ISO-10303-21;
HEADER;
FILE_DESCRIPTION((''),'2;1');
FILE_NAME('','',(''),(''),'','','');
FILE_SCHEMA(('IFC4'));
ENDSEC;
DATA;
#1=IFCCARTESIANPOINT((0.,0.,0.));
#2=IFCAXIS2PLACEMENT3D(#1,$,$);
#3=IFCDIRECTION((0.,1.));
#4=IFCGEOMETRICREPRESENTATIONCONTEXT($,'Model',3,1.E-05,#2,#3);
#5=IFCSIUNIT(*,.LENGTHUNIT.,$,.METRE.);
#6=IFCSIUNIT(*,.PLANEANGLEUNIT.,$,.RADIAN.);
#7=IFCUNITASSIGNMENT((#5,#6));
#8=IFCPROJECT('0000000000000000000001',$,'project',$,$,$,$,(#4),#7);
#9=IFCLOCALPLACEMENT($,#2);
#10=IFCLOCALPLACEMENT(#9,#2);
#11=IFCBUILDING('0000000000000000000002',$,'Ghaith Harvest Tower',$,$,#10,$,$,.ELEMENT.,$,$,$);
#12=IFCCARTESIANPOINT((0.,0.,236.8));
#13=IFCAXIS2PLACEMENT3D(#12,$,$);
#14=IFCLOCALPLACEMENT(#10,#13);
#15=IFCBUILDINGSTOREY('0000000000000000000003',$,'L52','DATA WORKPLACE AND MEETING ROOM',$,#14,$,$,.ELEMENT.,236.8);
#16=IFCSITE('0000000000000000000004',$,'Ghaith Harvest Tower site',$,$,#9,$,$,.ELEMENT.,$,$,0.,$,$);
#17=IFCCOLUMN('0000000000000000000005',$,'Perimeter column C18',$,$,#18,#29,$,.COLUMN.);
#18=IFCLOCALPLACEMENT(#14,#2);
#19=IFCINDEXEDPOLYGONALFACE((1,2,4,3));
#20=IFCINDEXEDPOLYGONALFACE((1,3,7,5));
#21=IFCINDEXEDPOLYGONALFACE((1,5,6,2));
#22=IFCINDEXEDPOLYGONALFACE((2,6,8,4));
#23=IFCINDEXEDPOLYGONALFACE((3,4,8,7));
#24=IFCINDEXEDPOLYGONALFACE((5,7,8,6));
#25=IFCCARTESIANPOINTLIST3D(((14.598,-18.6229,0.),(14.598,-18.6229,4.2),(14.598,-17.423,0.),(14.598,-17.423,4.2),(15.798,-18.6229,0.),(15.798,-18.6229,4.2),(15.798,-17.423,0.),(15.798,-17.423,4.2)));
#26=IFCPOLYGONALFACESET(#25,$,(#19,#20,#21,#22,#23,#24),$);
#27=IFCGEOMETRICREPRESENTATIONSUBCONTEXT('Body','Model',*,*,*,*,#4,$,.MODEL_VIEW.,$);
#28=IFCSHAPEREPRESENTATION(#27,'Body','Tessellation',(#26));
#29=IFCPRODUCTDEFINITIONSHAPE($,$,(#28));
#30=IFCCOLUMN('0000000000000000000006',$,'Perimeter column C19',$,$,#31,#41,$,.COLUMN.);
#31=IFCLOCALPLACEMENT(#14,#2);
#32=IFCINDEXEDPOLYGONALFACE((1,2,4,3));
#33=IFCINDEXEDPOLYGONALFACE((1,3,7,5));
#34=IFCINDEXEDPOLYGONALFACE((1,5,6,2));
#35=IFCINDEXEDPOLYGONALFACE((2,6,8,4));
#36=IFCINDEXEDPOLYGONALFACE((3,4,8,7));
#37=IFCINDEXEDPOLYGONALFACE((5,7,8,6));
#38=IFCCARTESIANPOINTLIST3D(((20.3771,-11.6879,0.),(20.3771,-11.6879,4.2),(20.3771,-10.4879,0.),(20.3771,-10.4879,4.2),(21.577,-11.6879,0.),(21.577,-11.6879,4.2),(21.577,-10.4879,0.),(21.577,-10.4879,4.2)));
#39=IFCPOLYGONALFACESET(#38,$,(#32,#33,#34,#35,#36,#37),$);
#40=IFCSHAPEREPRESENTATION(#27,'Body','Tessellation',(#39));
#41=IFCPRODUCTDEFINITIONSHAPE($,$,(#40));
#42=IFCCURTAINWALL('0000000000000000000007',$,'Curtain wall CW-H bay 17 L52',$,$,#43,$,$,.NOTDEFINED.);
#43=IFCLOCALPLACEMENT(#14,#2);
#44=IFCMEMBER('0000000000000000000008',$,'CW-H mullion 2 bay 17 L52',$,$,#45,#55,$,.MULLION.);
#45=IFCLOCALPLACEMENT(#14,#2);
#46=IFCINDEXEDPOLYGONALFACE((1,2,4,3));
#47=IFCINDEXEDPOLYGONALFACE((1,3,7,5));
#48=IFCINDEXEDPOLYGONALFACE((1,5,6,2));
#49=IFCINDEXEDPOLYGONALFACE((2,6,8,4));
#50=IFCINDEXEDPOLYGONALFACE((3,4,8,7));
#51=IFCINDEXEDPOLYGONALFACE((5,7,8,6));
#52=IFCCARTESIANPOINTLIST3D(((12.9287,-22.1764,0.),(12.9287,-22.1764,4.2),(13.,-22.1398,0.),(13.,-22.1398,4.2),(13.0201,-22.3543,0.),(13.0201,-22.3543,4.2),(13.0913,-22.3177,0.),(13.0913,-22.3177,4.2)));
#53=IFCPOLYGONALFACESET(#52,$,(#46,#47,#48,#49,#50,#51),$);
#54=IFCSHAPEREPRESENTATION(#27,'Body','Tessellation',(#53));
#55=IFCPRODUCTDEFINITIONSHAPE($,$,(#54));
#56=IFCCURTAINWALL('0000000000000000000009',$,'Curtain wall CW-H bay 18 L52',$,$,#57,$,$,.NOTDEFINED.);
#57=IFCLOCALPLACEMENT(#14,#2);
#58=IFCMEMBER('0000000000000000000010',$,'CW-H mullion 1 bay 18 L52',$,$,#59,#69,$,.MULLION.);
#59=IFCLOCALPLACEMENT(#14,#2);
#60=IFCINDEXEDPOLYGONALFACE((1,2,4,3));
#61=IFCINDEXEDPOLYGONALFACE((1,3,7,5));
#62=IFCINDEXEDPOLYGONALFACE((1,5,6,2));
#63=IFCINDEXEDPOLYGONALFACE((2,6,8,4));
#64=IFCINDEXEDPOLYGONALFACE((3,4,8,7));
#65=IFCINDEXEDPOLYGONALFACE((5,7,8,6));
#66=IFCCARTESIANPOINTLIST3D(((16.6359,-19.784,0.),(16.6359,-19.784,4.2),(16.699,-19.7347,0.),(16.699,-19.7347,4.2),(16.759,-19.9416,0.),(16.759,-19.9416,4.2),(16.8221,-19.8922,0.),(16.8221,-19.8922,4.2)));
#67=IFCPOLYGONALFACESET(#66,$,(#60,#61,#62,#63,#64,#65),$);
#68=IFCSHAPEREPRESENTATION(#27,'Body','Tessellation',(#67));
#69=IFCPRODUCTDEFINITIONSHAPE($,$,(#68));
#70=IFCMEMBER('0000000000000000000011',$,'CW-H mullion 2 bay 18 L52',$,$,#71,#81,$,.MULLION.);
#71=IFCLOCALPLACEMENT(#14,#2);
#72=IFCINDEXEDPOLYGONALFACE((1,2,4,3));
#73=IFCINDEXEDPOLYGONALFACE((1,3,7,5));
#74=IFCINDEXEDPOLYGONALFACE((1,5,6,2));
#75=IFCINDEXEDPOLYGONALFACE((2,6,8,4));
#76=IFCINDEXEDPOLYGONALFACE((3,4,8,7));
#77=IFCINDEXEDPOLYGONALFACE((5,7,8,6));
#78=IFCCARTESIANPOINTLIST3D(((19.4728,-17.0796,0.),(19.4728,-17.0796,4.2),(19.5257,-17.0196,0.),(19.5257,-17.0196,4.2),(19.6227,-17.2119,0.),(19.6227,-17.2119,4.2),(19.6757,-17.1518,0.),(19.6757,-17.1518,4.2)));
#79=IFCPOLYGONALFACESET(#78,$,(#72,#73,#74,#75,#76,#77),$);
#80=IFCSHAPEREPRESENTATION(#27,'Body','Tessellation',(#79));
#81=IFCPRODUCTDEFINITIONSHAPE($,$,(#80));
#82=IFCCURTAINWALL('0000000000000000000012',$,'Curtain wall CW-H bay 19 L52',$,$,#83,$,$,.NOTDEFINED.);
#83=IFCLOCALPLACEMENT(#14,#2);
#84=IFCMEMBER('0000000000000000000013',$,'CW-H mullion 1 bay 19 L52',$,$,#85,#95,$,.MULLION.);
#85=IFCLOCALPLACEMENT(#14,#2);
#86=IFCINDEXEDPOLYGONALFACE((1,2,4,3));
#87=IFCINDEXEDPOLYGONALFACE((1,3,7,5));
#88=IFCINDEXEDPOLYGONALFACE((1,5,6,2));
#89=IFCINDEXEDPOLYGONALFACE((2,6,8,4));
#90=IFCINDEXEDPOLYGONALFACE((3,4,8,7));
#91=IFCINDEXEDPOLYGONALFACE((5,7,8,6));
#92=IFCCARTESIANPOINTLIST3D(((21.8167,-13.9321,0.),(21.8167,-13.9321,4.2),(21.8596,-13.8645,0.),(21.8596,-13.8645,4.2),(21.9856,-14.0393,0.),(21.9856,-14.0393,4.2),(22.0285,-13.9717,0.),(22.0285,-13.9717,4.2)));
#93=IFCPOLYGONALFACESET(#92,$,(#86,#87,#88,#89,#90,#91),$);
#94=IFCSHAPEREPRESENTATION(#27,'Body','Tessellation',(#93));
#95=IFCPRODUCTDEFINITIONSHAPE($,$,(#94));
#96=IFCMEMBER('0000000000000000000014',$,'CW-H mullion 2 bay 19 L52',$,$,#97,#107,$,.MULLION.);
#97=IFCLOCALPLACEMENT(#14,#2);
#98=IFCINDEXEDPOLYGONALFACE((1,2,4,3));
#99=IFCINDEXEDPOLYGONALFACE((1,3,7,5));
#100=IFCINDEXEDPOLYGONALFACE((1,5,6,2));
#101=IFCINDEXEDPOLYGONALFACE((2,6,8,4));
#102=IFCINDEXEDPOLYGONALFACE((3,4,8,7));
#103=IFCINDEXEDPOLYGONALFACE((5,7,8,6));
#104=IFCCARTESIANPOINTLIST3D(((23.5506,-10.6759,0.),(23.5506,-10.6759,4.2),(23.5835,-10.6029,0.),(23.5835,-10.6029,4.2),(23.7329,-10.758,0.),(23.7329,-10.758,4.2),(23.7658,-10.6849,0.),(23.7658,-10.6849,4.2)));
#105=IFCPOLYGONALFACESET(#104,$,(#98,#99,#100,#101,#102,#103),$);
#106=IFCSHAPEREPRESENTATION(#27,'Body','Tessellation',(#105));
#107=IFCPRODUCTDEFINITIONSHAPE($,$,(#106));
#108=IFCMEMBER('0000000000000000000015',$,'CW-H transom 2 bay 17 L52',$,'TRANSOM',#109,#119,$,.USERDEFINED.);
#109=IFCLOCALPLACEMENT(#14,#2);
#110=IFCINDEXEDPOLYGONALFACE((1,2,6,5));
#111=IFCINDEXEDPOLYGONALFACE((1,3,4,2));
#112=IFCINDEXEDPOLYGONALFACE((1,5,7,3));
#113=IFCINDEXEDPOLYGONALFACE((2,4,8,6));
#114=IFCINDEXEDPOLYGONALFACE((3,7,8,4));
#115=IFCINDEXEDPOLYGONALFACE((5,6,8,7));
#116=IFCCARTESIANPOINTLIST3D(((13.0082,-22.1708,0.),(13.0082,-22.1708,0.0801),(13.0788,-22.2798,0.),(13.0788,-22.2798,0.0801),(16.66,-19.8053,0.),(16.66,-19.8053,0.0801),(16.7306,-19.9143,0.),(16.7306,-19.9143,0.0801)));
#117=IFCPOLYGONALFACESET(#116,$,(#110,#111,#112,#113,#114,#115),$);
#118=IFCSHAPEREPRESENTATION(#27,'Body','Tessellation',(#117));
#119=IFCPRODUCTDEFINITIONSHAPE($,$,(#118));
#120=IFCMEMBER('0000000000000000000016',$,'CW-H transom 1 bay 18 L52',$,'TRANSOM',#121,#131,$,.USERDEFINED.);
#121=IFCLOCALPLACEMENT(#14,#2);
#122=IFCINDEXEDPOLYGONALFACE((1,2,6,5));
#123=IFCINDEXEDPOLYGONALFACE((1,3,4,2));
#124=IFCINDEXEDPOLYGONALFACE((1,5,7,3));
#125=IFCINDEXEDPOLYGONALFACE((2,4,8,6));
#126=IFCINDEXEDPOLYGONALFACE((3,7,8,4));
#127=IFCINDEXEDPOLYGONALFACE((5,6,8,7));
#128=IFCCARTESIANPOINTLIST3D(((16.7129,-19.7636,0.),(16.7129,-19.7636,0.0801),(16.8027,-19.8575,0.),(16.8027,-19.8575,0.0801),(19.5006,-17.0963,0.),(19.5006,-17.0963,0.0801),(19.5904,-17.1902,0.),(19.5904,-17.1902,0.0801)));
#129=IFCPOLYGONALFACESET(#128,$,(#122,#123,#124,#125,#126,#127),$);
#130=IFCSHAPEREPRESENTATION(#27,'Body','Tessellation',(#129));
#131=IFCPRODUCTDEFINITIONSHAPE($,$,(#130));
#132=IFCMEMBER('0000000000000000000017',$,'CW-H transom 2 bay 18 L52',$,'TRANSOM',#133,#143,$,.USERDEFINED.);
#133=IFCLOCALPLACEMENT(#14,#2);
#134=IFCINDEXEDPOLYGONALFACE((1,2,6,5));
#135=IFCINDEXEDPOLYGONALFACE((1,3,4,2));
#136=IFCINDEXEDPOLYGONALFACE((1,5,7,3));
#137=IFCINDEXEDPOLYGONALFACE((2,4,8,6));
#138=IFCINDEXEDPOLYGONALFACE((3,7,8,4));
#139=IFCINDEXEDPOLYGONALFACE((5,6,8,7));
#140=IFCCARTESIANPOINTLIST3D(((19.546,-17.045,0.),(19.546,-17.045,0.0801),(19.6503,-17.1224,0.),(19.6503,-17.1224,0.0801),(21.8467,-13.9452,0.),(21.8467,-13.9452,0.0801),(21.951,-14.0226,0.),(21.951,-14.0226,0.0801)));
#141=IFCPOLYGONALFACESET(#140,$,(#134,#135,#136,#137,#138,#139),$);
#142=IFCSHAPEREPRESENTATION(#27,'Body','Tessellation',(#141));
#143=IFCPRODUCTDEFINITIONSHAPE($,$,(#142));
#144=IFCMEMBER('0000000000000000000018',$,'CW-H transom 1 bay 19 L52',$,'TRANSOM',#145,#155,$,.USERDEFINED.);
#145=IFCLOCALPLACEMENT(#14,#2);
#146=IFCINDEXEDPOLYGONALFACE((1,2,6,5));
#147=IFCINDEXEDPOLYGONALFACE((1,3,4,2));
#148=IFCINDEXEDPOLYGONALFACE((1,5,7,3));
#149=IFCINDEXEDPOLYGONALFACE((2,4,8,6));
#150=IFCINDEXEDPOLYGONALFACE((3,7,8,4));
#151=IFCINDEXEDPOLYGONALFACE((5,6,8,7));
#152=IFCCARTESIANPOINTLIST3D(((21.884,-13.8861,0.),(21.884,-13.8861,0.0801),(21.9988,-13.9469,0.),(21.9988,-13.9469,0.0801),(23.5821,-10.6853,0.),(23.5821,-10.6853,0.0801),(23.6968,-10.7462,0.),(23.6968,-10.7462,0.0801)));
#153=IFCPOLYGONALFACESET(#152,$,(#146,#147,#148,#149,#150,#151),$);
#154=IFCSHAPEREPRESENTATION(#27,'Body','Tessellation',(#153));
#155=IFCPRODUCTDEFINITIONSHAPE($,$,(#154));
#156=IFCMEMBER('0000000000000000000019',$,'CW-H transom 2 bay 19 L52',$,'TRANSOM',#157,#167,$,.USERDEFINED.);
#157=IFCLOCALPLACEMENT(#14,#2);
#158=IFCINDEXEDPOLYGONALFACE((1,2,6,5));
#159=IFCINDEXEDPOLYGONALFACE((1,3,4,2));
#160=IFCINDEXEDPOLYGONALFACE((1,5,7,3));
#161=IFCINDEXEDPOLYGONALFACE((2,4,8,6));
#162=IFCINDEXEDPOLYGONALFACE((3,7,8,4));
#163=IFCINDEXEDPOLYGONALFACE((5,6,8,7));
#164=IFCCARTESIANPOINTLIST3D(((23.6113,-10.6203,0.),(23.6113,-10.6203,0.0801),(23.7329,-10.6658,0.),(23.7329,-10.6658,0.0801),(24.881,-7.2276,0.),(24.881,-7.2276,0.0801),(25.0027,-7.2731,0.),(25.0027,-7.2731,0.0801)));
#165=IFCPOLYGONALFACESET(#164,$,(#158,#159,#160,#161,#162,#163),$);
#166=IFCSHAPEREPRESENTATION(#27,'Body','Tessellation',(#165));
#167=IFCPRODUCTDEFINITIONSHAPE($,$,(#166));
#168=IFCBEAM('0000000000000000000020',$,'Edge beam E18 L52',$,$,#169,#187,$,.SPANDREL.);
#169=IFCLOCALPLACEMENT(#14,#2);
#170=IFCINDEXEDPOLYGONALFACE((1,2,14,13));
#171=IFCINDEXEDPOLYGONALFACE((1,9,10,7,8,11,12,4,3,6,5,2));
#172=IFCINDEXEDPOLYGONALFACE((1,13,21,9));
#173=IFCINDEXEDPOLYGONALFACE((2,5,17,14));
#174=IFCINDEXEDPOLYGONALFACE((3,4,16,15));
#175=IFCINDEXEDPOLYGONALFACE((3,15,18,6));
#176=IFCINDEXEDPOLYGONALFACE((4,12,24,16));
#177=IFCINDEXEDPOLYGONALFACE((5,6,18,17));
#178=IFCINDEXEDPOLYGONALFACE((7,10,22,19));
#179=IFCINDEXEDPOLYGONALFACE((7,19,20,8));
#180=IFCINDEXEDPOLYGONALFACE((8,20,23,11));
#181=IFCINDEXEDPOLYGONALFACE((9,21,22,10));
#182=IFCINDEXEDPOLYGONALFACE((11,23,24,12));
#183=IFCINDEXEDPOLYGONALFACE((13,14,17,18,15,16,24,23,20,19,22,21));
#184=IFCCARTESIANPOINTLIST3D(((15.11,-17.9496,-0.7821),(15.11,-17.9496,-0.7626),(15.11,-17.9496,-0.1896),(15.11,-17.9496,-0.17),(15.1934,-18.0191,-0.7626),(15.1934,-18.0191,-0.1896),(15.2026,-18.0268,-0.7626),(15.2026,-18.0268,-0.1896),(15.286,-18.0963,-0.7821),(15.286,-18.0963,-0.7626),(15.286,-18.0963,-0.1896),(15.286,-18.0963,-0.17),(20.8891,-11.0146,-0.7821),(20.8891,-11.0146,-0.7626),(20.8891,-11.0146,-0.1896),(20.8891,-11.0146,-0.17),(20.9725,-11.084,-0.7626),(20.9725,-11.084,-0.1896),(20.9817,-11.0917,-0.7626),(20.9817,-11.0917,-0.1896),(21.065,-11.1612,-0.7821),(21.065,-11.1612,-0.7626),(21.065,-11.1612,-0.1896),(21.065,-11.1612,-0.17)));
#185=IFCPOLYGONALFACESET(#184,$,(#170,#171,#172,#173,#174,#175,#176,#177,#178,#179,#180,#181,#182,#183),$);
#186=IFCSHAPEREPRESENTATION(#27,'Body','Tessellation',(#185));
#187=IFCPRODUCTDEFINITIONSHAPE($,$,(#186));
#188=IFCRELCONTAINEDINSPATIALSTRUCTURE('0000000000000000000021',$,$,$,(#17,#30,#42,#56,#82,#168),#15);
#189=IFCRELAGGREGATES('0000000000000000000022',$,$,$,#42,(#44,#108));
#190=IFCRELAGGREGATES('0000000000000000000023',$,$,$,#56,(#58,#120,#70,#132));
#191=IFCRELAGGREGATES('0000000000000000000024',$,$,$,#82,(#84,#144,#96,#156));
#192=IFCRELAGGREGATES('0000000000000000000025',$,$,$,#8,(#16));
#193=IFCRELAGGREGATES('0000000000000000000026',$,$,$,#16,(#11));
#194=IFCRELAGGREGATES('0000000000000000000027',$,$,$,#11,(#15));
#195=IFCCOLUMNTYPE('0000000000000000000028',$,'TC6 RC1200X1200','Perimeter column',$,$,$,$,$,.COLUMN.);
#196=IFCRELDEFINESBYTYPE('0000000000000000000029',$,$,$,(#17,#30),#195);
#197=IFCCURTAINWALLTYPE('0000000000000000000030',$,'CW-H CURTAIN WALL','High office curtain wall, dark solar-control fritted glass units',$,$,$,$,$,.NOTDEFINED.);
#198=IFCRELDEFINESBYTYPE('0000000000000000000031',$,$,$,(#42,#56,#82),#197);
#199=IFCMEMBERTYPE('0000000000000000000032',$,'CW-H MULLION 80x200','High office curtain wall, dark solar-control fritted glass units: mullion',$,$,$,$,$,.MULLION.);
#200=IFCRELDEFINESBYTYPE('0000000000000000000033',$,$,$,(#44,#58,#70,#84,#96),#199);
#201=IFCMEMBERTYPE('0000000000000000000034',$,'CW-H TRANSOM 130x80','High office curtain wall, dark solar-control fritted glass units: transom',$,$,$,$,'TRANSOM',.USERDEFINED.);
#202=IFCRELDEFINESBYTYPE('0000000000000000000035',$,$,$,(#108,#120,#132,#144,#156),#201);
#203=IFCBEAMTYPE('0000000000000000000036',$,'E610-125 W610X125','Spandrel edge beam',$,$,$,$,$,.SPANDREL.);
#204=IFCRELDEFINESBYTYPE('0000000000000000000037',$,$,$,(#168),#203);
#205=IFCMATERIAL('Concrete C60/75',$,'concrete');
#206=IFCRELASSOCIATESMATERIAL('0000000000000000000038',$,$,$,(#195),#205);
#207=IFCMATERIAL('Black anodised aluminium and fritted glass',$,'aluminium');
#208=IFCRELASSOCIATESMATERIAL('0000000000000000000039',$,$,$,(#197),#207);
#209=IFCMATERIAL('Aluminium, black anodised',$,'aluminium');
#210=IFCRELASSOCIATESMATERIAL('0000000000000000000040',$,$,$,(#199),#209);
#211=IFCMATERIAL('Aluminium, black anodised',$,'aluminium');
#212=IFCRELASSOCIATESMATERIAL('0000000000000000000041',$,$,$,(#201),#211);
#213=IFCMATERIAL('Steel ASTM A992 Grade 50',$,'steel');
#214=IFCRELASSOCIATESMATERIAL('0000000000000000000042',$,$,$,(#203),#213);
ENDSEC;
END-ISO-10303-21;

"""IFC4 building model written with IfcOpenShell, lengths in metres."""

from ifc_helpers import new_model, si_unit, direction, frame, origin, origin_2d, place, context, subcontext, project, spatial, rectangle, i_section, extrude, material, material_profile, profile_set, type_object, element, aggregate, save


model = new_model("IFC4")

# Units and contexts
model_context = context("Model", 3, precision=1e-05, world=origin(), true_north=direction((0.0, 1.0)))
body_context = subcontext(model_context, "Body", "Model", "MODEL_VIEW")
ifc_project = project(units=[si_unit("LENGTHUNIT", "METRE"), si_unit("PLANEANGLEUNIT", "RADIAN")], contexts=[model_context])

# Site, building, storey
site_placement = place(None, origin())
site = spatial("IfcSite", under=ifc_project, at=site_placement, Name="Ghaith Harvest Tower site", CompositionType="ELEMENT", RefElevation=0.0)
building_placement = place(site_placement, origin())
building = spatial("IfcBuilding", under=site, at=building_placement, Name="Ghaith Harvest Tower", CompositionType="ELEMENT")
storey_placement = place(building_placement, frame((0.0, 0.0, 236.8)))
storey = spatial("IfcBuildingStorey", under=building, at=storey_placement, Name="L52", Description="DATA WORKPLACE AND MEETING ROOM", CompositionType="ELEMENT", Elevation=236.8)

# Columns
ifc_material_1 = material(Name="Concrete C60/75", Category="concrete")
ifc_material_profile_1 = material_profile(ifc_material_1, rectangle(XDim=1.2, YDim=1.2, at=origin_2d()), Name="RC1200X1200")
ifc_profile_set_1 = profile_set([ifc_material_profile_1], Name="Concrete C60/75")
column_type = type_object("IfcColumnType", Name="TC6 RC1200X1200", Description="Perimeter column", PredefinedType="COLUMN", material=ifc_profile_set_1)
for number, where, z_axis, x_axis, name in (
    (1, (15.198, -18.0229, 0.0), (0.0, 0.0, 1.0), (1.0, 0.0, 0.0), "Perimeter column C18"),
    (2, (20.9771, -11.0879, 0.0), (0.0, 0.0, 1.0), (1.0, 0.0, 0.0), "Perimeter column C19"),
):
    element("IfcColumn", number, at=place(storey_placement, frame(where, z_axis=z_axis, x_axis=x_axis)), inside=storey, type_object=column_type, Name=name, PredefinedType="COLUMN", context=body_context, shape_type="SweptSolid", body=[
        extrude(rectangle(XDim=1.2, YDim=1.2, at=origin_2d()), origin(), (0.0, 0.0, 1.0), 4.2),
    ])

# Curtain wall, member
ifc_material_2 = material(Name="Black anodised aluminium and fritted glass", Category="aluminium")
curtain_wall_type = type_object("IfcCurtainWallType", Name="CW-H CURTAIN WALL", Description="High office curtain wall, dark solar-control fritted glass units", PredefinedType="NOTDEFINED", material=ifc_material_2)
curtain_wall_1_placement = place(storey_placement, origin())
curtain_wall_1 = element("IfcCurtainWall", 3, at=curtain_wall_1_placement, inside=storey, type_object=curtain_wall_type, Name="Curtain wall CW-H bay 17 L52", PredefinedType="NOTDEFINED")
ifc_material_3 = material(Name="Aluminium, black anodised", Category="aluminium")
ifc_material_profile_2 = material_profile(ifc_material_3, rectangle(XDim=0.0801, YDim=0.2, at=origin_2d()), Name="CW-H MULLION 80x200")
ifc_profile_set_2 = profile_set([ifc_material_profile_2], Name="Aluminium, black anodised")
member_type_1 = type_object("IfcMemberType", Name="CW-H MULLION 80x200", Description="High office curtain wall, dark solar-control fritted glass units: mullion", PredefinedType="MULLION", material=ifc_profile_set_2)
member_1_placement = place(storey_placement, frame((13.01, -22.2471, 0.0), z_axis=(0.0, 0.0, 1.0), x_axis=(0.889568, 0.456802, 0.0)))
member_1 = element("IfcMember", 4, at=member_1_placement, type_object=member_type_1, Name="CW-H mullion 2 bay 17 L52", PredefinedType="MULLION", context=body_context, shape_type="SweptSolid", body=[
    extrude(rectangle(XDim=0.0801, YDim=0.2, at=origin_2d()), origin(), (0.0, 0.0, 1.0), 4.2),
])

# Curtain walls, members
curtain_wall_2_placement = place(storey_placement, origin())
curtain_wall_2 = element("IfcCurtainWall", 5, at=curtain_wall_2_placement, inside=storey, type_object=curtain_wall_type, Name="Curtain wall CW-H bay 18 L52", PredefinedType="NOTDEFINED")
member_2_placement = place(storey_placement, frame((16.729, -19.8381, 0.0), z_axis=(0.0, 0.0, 1.0), x_axis=(0.787846, 0.615873, 0.0)))
member_2 = element("IfcMember", 6, at=member_2_placement, type_object=member_type_1, Name="CW-H mullion 1 bay 18 L52", PredefinedType="MULLION", context=body_context, shape_type="SweptSolid", body=[
    extrude(rectangle(XDim=0.0801, YDim=0.2, at=origin_2d()), origin(), (0.0, 0.0, 1.0), 4.2),
])
member_3_placement = place(storey_placement, frame((19.5742, -17.1157, 0.0), z_axis=(0.0, 0.0, 1.0), x_axis=(0.661615, 0.749844, 0.0)))
member_3 = element("IfcMember", 7, at=member_3_placement, type_object=member_type_1, Name="CW-H mullion 2 bay 18 L52", PredefinedType="MULLION", context=body_context, shape_type="SweptSolid", body=[
    extrude(rectangle(XDim=0.0801, YDim=0.2, at=origin_2d()), origin(), (0.0, 0.0, 1.0), 4.2),
])
curtain_wall_3_placement = place(storey_placement, origin())
curtain_wall_3 = element("IfcCurtainWall", 8, at=curtain_wall_3_placement, inside=storey, type_object=curtain_wall_type, Name="Curtain wall CW-H bay 19 L52", PredefinedType="NOTDEFINED")
member_4_placement = place(storey_placement, frame((21.9226, -13.9519, 0.0), z_axis=(0.0, 0.0, 1.0), x_axis=(0.535827, 0.844328, 0.0)))
member_4 = element("IfcMember", 9, at=member_4_placement, type_object=member_type_1, Name="CW-H mullion 1 bay 19 L52", PredefinedType="MULLION", context=body_context, shape_type="SweptSolid", body=[
    extrude(rectangle(XDim=0.0801, YDim=0.2, at=origin_2d()), origin(), (0.0, 0.0, 1.0), 4.2),
])
member_5_placement = place(storey_placement, frame((23.6582, -10.6804, 0.0), z_axis=(0.0, 0.0, 1.0), x_axis=(0.41043, 0.911892, 0.0)))
member_5 = element("IfcMember", 10, at=member_5_placement, type_object=member_type_1, Name="CW-H mullion 2 bay 19 L52", PredefinedType="MULLION", context=body_context, shape_type="SweptSolid", body=[
    extrude(rectangle(XDim=0.0801, YDim=0.2, at=origin_2d()), origin(), (0.0, 0.0, 1.0), 4.2),
])

# Members
ifc_material_4 = material(Name="Aluminium, black anodised", Category="aluminium")
ifc_material_profile_3 = material_profile(ifc_material_4, rectangle(XDim=0.1299, YDim=0.0801, at=origin_2d()), Name="CW-H TRANSOM 130x80")
ifc_profile_set_3 = profile_set([ifc_material_profile_3], Name="Aluminium, black anodised")
member_type_2 = type_object("IfcMemberType", Name="CW-H TRANSOM 130x80", Description="High office curtain wall, dark solar-control fritted glass units: transom", ElementType="TRANSOM", PredefinedType="USERDEFINED", material=ifc_profile_set_3)
member_6_placement = place(storey_placement, frame((13.0435, -22.2253, 0.04), z_axis=(0.839307, 0.543658, 0.0), x_axis=(-0.543658, 0.839307, 0.0)))
member_6 = element("IfcMember", 11, at=member_6_placement, type_object=member_type_2, Name="CW-H transom 2 bay 17 L52", ObjectType="TRANSOM", PredefinedType="USERDEFINED", context=body_context, shape_type="SweptSolid", body=[
    extrude(rectangle(XDim=0.1299, YDim=0.0801, at=origin_2d()), origin(), (0.0, 0.0, 1.0), 4.3511),
])
member_7_placement = place(storey_placement, frame((16.7578, -19.8105, 0.04), z_axis=(0.722533, 0.691336, 0.0), x_axis=(-0.691336, 0.722533, 0.0)))
member_7 = element("IfcMember", 12, at=member_7_placement, type_object=member_type_2, Name="CW-H transom 1 bay 18 L52", ObjectType="TRANSOM", PredefinedType="USERDEFINED", context=body_context, shape_type="SweptSolid", body=[
    extrude(rectangle(XDim=0.1299, YDim=0.0801, at=origin_2d()), origin(), (0.0, 0.0, 1.0), 3.8582),
])
member_8_placement = place(storey_placement, frame((19.5981, -17.0837, 0.04), z_axis=(0.595996, 0.802988, 0.0), x_axis=(-0.802988, 0.595996, 0.0)))
member_8 = element("IfcMember", 13, at=member_8_placement, type_object=member_type_2, Name="CW-H transom 2 bay 18 L52", ObjectType="TRANSOM", PredefinedType="USERDEFINED", context=body_context, shape_type="SweptSolid", body=[
    extrude(rectangle(XDim=0.1299, YDim=0.0801, at=origin_2d()), origin(), (0.0, 0.0, 1.0), 3.8604),
])
member_9_placement = place(storey_placement, frame((21.9414, -13.9165, 0.04), z_axis=(0.468646, 0.883386, 0.0), x_axis=(-0.883386, 0.468646, 0.0)))
member_9 = element("IfcMember", 14, at=member_9_placement, type_object=member_type_2, Name="CW-H transom 1 bay 19 L52", ObjectType="TRANSOM", PredefinedType="USERDEFINED", context=body_context, shape_type="SweptSolid", body=[
    extrude(rectangle(XDim=0.1299, YDim=0.0801, at=origin_2d()), origin(), (0.0, 0.0, 1.0), 3.6233),
])
member_10_placement = place(storey_placement, frame((23.6721, -10.6431, 0.04), z_axis=(0.35051, 0.936559, 0.0), x_axis=(-0.936559, 0.35051, 0.0)))
member_10 = element("IfcMember", 15, at=member_10_placement, type_object=member_type_2, Name="CW-H transom 2 bay 19 L52", ObjectType="TRANSOM", PredefinedType="USERDEFINED", context=body_context, shape_type="SweptSolid", body=[
    extrude(rectangle(XDim=0.1299, YDim=0.0801, at=origin_2d()), origin(), (0.0, 0.0, 1.0), 3.6226),
])

# Beam
ifc_material_5 = material(Name="Steel ASTM A992 Grade 50", Category="steel")
ifc_material_profile_4 = material_profile(ifc_material_5, i_section(OverallWidth=0.229, OverallDepth=0.6121, WebThickness=0.012, FlangeThickness=0.0195, at=origin_2d()), Name="W610X125")
ifc_profile_set_4 = profile_set([ifc_material_profile_4], Name="Steel ASTM A992 Grade 50")
beam_type_1 = type_object("IfcBeamType", Name="E610-125 W610X125", Description="Spandrel edge beam", PredefinedType="SPANDREL", material=ifc_profile_set_4)
beam_1_placement = place(storey_placement, frame((15.198, -18.0229, -0.4761), z_axis=(0.640174, 0.76823, 0.0), x_axis=(-0.76823, 0.640174, 0.0)))
element("IfcBeam", 16, at=beam_1_placement, inside=storey, type_object=beam_type_1, Name="Edge beam E18 L52", PredefinedType="SPANDREL", context=body_context, shape_type="SweptSolid", body=[
    extrude(i_section(OverallWidth=0.229, OverallDepth=0.6121, WebThickness=0.012, FlangeThickness=0.0195, at=origin_2d()), origin(), (0.0, 0.0, 1.0), 9.0273),
])

aggregate(curtain_wall_1, [member_1, member_6])
aggregate(curtain_wall_2, [member_2, member_7, member_3, member_8])
aggregate(curtain_wall_3, [member_4, member_9, member_5, member_10])

save(model, "model.ifc")
